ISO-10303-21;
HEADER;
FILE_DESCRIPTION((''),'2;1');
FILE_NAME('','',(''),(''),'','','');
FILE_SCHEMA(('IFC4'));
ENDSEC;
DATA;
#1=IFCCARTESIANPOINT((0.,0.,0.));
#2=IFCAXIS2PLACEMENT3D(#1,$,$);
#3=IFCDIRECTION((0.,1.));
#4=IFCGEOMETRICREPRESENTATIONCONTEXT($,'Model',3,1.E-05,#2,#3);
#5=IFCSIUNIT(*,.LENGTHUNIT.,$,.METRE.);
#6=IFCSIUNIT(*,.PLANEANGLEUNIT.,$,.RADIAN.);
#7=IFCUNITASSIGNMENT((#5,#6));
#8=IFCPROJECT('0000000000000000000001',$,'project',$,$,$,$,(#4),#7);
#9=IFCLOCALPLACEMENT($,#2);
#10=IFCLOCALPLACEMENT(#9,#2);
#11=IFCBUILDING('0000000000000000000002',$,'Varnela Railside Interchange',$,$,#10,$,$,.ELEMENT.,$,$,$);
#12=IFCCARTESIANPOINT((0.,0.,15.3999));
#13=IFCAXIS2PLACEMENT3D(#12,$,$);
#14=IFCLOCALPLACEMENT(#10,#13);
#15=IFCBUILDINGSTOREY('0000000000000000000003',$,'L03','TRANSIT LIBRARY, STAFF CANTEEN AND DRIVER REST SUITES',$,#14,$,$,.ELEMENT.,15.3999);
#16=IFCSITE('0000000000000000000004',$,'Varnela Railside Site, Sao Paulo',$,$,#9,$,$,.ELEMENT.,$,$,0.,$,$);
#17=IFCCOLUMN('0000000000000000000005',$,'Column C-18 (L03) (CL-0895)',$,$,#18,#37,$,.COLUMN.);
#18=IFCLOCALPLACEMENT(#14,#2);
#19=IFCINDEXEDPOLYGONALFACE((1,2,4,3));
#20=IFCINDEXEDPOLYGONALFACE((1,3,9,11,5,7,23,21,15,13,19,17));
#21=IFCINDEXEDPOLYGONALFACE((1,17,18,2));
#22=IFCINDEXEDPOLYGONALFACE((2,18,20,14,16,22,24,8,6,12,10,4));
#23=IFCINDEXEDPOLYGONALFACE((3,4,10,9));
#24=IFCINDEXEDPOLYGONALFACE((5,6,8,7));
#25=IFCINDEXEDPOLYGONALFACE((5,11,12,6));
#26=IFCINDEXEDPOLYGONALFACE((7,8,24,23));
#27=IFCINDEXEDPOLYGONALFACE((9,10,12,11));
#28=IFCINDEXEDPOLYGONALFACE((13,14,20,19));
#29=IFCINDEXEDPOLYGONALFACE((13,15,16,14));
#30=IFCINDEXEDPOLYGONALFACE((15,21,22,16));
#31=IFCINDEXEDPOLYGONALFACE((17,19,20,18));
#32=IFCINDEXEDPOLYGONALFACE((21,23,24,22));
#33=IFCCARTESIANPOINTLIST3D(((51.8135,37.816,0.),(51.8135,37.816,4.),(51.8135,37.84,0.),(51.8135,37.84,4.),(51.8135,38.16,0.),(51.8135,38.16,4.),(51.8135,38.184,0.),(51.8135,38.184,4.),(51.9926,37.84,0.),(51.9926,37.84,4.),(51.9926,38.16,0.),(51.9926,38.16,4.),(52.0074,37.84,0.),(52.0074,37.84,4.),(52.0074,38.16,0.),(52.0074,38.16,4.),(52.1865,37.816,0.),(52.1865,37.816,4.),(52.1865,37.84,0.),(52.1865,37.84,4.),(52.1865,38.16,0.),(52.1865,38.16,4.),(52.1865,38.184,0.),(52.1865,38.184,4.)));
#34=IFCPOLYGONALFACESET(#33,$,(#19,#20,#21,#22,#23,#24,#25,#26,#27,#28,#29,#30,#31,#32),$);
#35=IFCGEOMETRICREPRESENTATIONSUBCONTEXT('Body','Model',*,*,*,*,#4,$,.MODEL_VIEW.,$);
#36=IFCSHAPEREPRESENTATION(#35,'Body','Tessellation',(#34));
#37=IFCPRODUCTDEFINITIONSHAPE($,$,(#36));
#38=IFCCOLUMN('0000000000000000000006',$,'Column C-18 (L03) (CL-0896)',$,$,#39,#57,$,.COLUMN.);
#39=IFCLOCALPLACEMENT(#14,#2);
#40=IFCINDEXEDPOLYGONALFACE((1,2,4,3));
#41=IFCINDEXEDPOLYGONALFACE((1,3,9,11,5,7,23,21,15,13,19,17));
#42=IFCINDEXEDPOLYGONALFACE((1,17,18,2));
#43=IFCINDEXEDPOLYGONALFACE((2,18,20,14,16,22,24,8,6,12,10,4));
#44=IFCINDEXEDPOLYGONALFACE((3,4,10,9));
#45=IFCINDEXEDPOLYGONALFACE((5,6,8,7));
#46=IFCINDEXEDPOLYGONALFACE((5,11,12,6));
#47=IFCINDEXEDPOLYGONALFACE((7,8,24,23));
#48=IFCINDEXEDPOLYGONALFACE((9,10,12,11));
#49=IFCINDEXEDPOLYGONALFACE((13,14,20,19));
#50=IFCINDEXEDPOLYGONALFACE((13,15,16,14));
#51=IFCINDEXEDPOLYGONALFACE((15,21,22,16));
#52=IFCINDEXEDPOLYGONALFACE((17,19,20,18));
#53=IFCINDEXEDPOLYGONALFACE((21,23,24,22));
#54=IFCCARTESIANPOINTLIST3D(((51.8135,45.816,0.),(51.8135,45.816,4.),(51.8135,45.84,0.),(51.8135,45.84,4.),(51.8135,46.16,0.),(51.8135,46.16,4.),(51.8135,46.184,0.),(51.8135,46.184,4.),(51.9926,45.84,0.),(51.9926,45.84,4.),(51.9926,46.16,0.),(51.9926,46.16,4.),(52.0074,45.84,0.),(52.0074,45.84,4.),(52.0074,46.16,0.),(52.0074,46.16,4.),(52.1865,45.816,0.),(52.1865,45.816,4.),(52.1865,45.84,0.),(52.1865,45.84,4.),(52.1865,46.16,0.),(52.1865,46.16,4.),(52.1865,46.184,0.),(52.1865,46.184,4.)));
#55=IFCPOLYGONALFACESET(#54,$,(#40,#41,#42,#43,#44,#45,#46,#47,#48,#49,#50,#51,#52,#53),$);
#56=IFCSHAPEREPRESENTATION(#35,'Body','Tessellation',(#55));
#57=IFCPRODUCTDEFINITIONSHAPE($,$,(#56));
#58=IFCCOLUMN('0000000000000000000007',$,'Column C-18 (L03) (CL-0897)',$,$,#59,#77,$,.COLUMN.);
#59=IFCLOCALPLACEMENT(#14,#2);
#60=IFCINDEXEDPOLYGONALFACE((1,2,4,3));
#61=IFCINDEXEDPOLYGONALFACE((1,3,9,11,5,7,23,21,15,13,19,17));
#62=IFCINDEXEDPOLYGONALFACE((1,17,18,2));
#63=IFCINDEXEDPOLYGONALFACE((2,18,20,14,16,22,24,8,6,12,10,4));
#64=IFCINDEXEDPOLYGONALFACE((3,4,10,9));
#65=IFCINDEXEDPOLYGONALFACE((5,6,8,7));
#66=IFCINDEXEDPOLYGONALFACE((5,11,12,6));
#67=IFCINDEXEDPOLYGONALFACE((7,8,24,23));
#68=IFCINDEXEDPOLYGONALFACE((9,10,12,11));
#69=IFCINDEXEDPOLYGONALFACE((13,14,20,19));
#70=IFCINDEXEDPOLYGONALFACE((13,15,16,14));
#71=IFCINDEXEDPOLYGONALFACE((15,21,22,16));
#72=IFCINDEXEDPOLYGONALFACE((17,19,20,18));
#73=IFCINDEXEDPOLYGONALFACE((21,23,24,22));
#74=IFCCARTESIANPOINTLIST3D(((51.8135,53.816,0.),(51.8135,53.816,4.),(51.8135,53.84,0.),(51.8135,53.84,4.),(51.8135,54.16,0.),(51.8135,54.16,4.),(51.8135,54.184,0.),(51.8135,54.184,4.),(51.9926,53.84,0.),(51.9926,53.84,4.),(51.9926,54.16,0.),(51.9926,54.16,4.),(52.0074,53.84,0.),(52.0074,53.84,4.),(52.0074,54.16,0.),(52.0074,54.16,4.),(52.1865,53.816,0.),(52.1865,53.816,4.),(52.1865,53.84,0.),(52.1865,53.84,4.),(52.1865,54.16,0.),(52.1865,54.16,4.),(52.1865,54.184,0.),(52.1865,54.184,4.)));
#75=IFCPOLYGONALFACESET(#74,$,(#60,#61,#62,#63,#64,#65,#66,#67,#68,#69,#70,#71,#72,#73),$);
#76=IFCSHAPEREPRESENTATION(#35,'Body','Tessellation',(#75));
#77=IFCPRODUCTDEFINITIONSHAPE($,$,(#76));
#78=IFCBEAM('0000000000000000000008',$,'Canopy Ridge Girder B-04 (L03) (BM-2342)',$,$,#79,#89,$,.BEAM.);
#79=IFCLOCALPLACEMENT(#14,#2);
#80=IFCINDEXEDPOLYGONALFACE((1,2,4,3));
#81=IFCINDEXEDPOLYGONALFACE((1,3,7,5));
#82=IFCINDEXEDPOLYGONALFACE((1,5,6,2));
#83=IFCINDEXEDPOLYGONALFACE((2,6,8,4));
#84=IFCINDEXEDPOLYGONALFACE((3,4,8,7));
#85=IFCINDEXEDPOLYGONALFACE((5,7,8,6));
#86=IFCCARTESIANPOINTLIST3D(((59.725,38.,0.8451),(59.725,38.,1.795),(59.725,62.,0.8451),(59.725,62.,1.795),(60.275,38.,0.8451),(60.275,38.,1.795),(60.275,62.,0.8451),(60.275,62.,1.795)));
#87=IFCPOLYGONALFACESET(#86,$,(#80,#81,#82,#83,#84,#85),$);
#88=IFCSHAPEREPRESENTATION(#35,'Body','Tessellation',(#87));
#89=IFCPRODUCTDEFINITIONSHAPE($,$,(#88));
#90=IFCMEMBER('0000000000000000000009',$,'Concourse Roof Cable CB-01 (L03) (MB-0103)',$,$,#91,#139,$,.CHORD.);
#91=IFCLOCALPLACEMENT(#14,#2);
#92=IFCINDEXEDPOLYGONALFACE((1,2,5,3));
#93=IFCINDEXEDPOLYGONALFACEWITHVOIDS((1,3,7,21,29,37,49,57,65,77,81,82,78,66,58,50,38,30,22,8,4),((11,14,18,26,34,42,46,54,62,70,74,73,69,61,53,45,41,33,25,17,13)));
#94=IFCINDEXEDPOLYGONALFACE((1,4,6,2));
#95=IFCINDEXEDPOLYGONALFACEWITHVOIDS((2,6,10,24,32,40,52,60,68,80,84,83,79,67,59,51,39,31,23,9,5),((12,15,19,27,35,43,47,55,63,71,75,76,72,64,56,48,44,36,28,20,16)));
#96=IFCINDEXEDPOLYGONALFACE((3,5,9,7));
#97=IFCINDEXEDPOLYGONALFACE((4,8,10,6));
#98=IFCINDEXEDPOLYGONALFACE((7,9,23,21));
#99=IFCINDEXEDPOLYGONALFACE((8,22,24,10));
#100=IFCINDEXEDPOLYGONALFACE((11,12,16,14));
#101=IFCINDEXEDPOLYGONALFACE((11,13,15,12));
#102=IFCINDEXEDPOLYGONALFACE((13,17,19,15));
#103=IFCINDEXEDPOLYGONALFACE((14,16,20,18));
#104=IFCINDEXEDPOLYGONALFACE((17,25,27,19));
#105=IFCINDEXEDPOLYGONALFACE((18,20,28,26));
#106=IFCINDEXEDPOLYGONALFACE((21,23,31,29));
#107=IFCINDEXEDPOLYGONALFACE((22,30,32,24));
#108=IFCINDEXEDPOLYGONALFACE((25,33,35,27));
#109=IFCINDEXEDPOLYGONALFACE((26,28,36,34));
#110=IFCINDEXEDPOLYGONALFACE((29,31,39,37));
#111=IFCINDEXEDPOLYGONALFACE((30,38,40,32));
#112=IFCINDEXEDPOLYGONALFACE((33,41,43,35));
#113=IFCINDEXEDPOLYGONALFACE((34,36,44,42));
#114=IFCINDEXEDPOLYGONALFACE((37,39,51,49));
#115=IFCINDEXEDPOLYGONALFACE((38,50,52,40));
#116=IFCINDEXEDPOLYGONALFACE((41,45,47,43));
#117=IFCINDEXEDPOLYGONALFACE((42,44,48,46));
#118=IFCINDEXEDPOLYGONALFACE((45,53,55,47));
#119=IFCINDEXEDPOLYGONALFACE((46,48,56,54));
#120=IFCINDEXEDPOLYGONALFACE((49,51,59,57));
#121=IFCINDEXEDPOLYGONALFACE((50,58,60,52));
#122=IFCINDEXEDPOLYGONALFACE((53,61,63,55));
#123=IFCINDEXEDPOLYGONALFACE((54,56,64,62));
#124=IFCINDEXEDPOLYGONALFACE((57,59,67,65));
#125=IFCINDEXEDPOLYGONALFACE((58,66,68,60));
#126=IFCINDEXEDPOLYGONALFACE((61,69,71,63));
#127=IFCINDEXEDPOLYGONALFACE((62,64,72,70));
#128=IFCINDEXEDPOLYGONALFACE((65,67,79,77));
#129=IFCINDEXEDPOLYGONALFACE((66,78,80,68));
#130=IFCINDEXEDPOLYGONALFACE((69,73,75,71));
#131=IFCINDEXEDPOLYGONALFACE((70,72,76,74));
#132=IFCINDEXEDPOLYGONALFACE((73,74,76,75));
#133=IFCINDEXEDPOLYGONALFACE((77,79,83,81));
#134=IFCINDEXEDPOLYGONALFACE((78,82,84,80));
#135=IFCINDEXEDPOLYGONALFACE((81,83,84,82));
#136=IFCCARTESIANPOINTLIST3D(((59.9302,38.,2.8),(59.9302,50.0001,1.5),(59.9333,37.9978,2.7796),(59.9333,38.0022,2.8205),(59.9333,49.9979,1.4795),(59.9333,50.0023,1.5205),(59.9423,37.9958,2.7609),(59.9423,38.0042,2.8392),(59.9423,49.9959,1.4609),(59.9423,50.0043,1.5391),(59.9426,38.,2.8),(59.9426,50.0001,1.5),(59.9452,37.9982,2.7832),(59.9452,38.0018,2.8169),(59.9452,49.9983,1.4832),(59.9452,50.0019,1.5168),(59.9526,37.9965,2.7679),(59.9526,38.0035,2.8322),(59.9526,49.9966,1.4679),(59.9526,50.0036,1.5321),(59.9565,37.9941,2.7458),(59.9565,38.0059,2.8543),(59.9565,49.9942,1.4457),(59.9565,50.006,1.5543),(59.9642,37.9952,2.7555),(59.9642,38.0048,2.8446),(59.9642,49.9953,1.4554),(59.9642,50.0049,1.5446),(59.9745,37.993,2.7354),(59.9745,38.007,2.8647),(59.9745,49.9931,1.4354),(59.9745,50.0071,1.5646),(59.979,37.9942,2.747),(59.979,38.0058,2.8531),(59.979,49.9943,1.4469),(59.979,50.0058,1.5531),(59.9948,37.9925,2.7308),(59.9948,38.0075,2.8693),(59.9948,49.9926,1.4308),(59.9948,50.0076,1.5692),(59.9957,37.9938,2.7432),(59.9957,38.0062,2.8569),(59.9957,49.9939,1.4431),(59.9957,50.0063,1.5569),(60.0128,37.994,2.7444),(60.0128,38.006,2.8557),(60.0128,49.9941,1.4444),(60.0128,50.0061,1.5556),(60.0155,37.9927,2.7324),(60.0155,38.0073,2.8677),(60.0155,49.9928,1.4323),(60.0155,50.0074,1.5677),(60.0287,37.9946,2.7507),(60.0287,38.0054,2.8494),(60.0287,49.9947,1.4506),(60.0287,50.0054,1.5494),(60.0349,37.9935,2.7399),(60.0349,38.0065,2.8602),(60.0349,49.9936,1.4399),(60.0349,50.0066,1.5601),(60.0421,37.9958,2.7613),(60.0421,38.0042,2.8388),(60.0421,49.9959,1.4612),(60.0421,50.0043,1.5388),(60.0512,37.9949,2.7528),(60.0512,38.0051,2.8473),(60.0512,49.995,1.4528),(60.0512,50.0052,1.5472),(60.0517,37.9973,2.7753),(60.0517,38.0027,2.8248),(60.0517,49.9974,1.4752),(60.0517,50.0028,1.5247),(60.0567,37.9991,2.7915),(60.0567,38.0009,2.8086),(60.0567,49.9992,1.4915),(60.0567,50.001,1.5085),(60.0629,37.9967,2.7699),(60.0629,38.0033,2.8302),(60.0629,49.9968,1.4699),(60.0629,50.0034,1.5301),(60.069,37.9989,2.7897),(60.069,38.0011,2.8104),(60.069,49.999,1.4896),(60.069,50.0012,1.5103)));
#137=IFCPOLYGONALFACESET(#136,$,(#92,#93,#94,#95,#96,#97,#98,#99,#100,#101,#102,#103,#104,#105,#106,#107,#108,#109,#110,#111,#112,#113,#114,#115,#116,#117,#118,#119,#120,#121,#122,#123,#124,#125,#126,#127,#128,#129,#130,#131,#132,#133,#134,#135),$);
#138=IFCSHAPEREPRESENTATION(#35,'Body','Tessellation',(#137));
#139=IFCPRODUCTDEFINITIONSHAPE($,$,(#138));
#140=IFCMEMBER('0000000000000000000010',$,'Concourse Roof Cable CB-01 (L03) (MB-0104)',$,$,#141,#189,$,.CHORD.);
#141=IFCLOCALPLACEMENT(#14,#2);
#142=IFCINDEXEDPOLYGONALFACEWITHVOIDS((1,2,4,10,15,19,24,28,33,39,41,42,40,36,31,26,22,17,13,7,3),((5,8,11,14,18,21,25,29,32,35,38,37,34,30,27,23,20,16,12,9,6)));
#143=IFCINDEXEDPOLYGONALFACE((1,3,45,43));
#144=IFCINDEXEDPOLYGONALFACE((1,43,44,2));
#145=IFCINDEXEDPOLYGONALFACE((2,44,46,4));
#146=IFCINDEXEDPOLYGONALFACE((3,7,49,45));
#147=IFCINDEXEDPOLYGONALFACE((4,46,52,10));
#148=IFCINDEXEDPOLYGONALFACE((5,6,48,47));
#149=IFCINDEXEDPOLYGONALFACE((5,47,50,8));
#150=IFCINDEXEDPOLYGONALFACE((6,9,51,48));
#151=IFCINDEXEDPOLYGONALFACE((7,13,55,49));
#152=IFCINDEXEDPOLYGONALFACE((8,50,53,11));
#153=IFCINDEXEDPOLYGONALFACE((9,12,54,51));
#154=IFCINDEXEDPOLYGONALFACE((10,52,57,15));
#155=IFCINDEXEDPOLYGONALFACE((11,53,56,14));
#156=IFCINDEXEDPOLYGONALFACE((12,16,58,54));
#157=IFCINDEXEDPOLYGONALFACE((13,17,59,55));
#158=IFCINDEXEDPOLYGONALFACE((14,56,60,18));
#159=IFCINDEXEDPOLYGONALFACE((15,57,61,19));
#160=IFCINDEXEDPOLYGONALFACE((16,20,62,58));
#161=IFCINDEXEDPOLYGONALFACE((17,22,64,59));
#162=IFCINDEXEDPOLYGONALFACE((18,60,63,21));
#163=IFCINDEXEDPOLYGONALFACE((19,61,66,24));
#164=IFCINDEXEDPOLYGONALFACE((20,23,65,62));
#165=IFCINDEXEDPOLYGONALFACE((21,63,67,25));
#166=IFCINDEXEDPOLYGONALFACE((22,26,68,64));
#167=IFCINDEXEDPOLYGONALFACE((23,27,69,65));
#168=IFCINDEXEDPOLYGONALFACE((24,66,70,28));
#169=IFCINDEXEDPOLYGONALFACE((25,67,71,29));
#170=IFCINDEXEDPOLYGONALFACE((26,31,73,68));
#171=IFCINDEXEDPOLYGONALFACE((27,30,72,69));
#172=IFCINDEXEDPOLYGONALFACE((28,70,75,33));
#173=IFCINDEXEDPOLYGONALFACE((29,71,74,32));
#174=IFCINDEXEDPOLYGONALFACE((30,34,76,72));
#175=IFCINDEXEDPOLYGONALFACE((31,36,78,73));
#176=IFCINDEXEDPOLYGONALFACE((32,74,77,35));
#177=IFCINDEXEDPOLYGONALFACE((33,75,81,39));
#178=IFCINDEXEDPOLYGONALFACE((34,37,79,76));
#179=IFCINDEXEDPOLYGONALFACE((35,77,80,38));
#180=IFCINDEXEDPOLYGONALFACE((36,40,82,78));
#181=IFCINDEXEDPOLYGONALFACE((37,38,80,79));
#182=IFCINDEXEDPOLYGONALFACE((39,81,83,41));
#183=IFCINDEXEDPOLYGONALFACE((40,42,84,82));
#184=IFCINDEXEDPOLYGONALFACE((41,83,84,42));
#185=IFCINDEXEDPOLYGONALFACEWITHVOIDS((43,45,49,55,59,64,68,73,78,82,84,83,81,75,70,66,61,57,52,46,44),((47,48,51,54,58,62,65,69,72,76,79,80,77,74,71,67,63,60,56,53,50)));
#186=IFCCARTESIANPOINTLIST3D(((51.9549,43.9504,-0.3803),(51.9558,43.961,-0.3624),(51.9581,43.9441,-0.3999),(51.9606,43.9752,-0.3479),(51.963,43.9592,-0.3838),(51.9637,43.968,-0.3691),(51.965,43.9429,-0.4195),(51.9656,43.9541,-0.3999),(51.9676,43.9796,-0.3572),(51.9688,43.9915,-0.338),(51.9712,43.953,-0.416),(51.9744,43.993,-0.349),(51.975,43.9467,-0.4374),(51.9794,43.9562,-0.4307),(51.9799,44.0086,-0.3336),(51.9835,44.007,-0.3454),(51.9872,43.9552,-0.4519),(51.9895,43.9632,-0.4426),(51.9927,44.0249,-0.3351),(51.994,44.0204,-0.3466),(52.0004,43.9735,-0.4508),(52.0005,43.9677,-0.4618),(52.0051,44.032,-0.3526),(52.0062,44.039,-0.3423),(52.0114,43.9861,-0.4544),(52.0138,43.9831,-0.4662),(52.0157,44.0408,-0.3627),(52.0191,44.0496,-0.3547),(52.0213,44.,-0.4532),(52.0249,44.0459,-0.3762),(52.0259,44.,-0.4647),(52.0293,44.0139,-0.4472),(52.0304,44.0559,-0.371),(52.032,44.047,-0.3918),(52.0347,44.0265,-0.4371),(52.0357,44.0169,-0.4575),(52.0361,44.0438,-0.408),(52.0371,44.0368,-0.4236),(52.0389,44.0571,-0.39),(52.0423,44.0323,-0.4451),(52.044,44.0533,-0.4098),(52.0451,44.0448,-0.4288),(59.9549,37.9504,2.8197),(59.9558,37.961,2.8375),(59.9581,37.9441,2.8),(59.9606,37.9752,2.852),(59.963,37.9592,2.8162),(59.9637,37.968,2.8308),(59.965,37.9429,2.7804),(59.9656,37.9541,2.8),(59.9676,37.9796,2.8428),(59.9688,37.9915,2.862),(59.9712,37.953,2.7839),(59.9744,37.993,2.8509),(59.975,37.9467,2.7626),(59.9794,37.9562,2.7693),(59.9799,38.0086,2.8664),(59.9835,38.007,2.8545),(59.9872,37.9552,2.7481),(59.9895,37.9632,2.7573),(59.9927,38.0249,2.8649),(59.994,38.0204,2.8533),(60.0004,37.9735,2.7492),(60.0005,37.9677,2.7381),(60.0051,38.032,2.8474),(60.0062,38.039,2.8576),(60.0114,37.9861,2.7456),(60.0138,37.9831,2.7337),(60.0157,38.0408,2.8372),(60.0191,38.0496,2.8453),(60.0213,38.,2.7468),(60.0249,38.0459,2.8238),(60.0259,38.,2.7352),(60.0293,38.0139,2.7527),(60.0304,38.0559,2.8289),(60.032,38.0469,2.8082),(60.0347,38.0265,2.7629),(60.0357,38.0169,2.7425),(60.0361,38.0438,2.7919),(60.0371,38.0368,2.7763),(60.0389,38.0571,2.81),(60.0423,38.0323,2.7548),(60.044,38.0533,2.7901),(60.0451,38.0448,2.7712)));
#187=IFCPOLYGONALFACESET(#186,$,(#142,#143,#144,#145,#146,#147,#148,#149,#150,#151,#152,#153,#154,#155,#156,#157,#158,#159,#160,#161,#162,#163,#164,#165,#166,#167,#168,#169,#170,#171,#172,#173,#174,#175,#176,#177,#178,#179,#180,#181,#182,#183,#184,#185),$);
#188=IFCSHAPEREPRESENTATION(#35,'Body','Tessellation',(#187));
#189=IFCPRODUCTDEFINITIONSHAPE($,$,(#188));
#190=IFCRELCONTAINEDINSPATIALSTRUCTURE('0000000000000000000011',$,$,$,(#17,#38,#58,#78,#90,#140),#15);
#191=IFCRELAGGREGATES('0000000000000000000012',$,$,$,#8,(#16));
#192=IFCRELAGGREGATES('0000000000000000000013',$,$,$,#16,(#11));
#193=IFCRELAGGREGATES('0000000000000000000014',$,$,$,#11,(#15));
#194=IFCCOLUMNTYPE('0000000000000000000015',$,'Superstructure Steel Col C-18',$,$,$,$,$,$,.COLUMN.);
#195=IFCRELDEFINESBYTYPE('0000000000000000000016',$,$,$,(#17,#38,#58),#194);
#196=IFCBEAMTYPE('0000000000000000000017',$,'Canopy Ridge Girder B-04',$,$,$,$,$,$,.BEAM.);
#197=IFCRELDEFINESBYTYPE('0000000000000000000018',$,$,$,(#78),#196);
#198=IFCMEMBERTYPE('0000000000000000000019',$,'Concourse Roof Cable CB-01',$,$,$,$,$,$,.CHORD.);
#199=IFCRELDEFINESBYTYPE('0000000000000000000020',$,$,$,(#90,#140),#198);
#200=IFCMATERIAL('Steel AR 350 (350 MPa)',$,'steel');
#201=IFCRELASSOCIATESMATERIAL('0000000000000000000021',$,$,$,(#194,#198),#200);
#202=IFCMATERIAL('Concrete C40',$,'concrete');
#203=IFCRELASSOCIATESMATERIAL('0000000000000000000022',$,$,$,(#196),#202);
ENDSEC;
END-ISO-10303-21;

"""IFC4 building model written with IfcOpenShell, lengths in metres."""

from ifc_helpers import new_model, si_unit, direction, frame, origin, origin_2d, place, context, subcontext, project, spatial, rectangle, hollow_circle, i_section, extrude, material, material_profile, profile_set, type_object, element, save


model = new_model("IFC4")

# Units and contexts
model_context = context("Model", 3, precision=1e-05, world=origin(), true_north=direction((0.0, 1.0)))
body_context = subcontext(model_context, "Body", "Model", "MODEL_VIEW")
ifc_project = project(units=[si_unit("LENGTHUNIT", "METRE"), si_unit("PLANEANGLEUNIT", "RADIAN")], contexts=[model_context])

# Site, building, storey
site_placement = place(None, origin())
site = spatial("IfcSite", under=ifc_project, at=site_placement, Name="Varnela Railside Site, Sao Paulo", CompositionType="ELEMENT", RefElevation=0.0)
building_placement = place(site_placement, origin())
building = spatial("IfcBuilding", under=site, at=building_placement, Name="Varnela Railside Interchange", CompositionType="ELEMENT")
storey_placement = place(building_placement, frame((0.0, 0.0, 15.3999)))
storey = spatial("IfcBuildingStorey", under=building, at=storey_placement, Name="L03", Description="TRANSIT LIBRARY, STAFF CANTEEN AND DRIVER REST SUITES", CompositionType="ELEMENT", Elevation=15.3999)

# Columns
ifc_material_1 = material(Name="Steel AR 350 (350 MPa)", Category="steel")
ifc_material_profile_1 = material_profile(ifc_material_1, i_section(OverallWidth=0.373, OverallDepth=0.3679, WebThickness=0.0149, FlangeThickness=0.0239, at=origin_2d()), Name="W360x179")
ifc_profile_set_1 = profile_set([ifc_material_profile_1], Name="Steel AR 350 (350 MPa)")
column_type = type_object("IfcColumnType", Name="Superstructure Steel Col C-18", PredefinedType="COLUMN", material=ifc_profile_set_1)
for number, where, z_axis, x_axis, name in (
    (1, (52.0, 38.0, 0.0), (0.0, 0.0, 1.0), (1.0, 0.0, 0.0), "Column C-18 (L03) (CL-0895)"),
    (2, (52.0, 46.0, 0.0), (0.0, 0.0, 1.0), (1.0, 0.0, 0.0), "Column C-18 (L03) (CL-0896)"),
    (3, (52.0, 54.0, 0.0), (0.0, 0.0, 1.0), (1.0, 0.0, 0.0), "Column C-18 (L03) (CL-0897)"),
):
    element("IfcColumn", number, at=place(storey_placement, frame(where, z_axis=z_axis, x_axis=x_axis)), inside=storey, type_object=column_type, Name=name, PredefinedType="COLUMN", context=body_context, shape_type="SweptSolid", body=[
        extrude(i_section(OverallWidth=0.373, OverallDepth=0.3679, WebThickness=0.0149, FlangeThickness=0.0239, at=origin_2d()), origin(), (0.0, 0.0, 1.0), 4.0),
    ])

# Beam
ifc_material_2 = material(Name="Concrete C40", Category="concrete")
ifc_material_profile_2 = material_profile(ifc_material_2, rectangle(XDim=0.55, YDim=0.95, at=origin_2d()), Name="RC 550x950")
ifc_profile_set_2 = profile_set([ifc_material_profile_2], Name="Concrete C40")
beam_type_1 = type_object("IfcBeamType", Name="Canopy Ridge Girder B-04", PredefinedType="BEAM", material=ifc_profile_set_2)
beam_placement = place(storey_placement, frame((60.0, 38.0, 1.3201), z_axis=(0.0, 1.0, 0.0), x_axis=(-1.0, 0.0, 0.0)))
element("IfcBeam", 4, at=beam_placement, inside=storey, type_object=beam_type_1, Name="Canopy Ridge Girder B-04 (L03) (BM-2342)", PredefinedType="BEAM", context=body_context, shape_type="SweptSolid", body=[
    extrude(rectangle(XDim=0.55, YDim=0.95, at=origin_2d()), origin(), (0.0, 0.0, 1.0), 24.0),
])

# Members
ifc_material_profile_3 = material_profile(ifc_material_1, hollow_circle(Radius=0.0698, WallThickness=0.0125, at=origin_2d()), Name="CHS 139.7x12.5")
ifc_profile_set_3 = profile_set([ifc_material_profile_3], Name="Steel AR 350 (350 MPa)")
member_type_1 = type_object("IfcMemberType", Name="Concourse Roof Cable CB-01", PredefinedType="CHORD", material=ifc_profile_set_3)
member_1_placement = place(storey_placement, frame((60.0, 38.0, 2.8), z_axis=(0.0, 0.994183, -0.107707), x_axis=(-1.0, 0.0, 0.0)))
element("IfcMember", 5, at=member_1_placement, inside=storey, type_object=member_type_1, Name="Concourse Roof Cable CB-01 (L03) (MB-0103)", PredefinedType="CHORD", context=body_context, shape_type="SweptSolid", body=[
    extrude(hollow_circle(Radius=0.0698, WallThickness=0.0125, at=origin_2d()), origin(), (0.0, 0.0, 1.0), 12.0703),
])
for number, where, z_axis, x_axis, name in (
    (6, (60.0, 38.0, 2.8), (-0.76194, 0.571455, -0.304772), (-0.6, -0.8, 0.0), "Concourse Roof Cable CB-01 (L03) (MB-0104)"),
):
    element("IfcMember", number, at=place(storey_placement, frame(where, z_axis=z_axis, x_axis=x_axis)), inside=storey, type_object=member_type_1, Name=name, PredefinedType="CHORD", context=body_context, shape_type="SweptSolid", body=[
        extrude(hollow_circle(Radius=0.0698, WallThickness=0.0125, at=origin_2d()), origin(), (0.0, 0.0, 1.0), 10.4995),
    ])

save(model, "model.ifc")
